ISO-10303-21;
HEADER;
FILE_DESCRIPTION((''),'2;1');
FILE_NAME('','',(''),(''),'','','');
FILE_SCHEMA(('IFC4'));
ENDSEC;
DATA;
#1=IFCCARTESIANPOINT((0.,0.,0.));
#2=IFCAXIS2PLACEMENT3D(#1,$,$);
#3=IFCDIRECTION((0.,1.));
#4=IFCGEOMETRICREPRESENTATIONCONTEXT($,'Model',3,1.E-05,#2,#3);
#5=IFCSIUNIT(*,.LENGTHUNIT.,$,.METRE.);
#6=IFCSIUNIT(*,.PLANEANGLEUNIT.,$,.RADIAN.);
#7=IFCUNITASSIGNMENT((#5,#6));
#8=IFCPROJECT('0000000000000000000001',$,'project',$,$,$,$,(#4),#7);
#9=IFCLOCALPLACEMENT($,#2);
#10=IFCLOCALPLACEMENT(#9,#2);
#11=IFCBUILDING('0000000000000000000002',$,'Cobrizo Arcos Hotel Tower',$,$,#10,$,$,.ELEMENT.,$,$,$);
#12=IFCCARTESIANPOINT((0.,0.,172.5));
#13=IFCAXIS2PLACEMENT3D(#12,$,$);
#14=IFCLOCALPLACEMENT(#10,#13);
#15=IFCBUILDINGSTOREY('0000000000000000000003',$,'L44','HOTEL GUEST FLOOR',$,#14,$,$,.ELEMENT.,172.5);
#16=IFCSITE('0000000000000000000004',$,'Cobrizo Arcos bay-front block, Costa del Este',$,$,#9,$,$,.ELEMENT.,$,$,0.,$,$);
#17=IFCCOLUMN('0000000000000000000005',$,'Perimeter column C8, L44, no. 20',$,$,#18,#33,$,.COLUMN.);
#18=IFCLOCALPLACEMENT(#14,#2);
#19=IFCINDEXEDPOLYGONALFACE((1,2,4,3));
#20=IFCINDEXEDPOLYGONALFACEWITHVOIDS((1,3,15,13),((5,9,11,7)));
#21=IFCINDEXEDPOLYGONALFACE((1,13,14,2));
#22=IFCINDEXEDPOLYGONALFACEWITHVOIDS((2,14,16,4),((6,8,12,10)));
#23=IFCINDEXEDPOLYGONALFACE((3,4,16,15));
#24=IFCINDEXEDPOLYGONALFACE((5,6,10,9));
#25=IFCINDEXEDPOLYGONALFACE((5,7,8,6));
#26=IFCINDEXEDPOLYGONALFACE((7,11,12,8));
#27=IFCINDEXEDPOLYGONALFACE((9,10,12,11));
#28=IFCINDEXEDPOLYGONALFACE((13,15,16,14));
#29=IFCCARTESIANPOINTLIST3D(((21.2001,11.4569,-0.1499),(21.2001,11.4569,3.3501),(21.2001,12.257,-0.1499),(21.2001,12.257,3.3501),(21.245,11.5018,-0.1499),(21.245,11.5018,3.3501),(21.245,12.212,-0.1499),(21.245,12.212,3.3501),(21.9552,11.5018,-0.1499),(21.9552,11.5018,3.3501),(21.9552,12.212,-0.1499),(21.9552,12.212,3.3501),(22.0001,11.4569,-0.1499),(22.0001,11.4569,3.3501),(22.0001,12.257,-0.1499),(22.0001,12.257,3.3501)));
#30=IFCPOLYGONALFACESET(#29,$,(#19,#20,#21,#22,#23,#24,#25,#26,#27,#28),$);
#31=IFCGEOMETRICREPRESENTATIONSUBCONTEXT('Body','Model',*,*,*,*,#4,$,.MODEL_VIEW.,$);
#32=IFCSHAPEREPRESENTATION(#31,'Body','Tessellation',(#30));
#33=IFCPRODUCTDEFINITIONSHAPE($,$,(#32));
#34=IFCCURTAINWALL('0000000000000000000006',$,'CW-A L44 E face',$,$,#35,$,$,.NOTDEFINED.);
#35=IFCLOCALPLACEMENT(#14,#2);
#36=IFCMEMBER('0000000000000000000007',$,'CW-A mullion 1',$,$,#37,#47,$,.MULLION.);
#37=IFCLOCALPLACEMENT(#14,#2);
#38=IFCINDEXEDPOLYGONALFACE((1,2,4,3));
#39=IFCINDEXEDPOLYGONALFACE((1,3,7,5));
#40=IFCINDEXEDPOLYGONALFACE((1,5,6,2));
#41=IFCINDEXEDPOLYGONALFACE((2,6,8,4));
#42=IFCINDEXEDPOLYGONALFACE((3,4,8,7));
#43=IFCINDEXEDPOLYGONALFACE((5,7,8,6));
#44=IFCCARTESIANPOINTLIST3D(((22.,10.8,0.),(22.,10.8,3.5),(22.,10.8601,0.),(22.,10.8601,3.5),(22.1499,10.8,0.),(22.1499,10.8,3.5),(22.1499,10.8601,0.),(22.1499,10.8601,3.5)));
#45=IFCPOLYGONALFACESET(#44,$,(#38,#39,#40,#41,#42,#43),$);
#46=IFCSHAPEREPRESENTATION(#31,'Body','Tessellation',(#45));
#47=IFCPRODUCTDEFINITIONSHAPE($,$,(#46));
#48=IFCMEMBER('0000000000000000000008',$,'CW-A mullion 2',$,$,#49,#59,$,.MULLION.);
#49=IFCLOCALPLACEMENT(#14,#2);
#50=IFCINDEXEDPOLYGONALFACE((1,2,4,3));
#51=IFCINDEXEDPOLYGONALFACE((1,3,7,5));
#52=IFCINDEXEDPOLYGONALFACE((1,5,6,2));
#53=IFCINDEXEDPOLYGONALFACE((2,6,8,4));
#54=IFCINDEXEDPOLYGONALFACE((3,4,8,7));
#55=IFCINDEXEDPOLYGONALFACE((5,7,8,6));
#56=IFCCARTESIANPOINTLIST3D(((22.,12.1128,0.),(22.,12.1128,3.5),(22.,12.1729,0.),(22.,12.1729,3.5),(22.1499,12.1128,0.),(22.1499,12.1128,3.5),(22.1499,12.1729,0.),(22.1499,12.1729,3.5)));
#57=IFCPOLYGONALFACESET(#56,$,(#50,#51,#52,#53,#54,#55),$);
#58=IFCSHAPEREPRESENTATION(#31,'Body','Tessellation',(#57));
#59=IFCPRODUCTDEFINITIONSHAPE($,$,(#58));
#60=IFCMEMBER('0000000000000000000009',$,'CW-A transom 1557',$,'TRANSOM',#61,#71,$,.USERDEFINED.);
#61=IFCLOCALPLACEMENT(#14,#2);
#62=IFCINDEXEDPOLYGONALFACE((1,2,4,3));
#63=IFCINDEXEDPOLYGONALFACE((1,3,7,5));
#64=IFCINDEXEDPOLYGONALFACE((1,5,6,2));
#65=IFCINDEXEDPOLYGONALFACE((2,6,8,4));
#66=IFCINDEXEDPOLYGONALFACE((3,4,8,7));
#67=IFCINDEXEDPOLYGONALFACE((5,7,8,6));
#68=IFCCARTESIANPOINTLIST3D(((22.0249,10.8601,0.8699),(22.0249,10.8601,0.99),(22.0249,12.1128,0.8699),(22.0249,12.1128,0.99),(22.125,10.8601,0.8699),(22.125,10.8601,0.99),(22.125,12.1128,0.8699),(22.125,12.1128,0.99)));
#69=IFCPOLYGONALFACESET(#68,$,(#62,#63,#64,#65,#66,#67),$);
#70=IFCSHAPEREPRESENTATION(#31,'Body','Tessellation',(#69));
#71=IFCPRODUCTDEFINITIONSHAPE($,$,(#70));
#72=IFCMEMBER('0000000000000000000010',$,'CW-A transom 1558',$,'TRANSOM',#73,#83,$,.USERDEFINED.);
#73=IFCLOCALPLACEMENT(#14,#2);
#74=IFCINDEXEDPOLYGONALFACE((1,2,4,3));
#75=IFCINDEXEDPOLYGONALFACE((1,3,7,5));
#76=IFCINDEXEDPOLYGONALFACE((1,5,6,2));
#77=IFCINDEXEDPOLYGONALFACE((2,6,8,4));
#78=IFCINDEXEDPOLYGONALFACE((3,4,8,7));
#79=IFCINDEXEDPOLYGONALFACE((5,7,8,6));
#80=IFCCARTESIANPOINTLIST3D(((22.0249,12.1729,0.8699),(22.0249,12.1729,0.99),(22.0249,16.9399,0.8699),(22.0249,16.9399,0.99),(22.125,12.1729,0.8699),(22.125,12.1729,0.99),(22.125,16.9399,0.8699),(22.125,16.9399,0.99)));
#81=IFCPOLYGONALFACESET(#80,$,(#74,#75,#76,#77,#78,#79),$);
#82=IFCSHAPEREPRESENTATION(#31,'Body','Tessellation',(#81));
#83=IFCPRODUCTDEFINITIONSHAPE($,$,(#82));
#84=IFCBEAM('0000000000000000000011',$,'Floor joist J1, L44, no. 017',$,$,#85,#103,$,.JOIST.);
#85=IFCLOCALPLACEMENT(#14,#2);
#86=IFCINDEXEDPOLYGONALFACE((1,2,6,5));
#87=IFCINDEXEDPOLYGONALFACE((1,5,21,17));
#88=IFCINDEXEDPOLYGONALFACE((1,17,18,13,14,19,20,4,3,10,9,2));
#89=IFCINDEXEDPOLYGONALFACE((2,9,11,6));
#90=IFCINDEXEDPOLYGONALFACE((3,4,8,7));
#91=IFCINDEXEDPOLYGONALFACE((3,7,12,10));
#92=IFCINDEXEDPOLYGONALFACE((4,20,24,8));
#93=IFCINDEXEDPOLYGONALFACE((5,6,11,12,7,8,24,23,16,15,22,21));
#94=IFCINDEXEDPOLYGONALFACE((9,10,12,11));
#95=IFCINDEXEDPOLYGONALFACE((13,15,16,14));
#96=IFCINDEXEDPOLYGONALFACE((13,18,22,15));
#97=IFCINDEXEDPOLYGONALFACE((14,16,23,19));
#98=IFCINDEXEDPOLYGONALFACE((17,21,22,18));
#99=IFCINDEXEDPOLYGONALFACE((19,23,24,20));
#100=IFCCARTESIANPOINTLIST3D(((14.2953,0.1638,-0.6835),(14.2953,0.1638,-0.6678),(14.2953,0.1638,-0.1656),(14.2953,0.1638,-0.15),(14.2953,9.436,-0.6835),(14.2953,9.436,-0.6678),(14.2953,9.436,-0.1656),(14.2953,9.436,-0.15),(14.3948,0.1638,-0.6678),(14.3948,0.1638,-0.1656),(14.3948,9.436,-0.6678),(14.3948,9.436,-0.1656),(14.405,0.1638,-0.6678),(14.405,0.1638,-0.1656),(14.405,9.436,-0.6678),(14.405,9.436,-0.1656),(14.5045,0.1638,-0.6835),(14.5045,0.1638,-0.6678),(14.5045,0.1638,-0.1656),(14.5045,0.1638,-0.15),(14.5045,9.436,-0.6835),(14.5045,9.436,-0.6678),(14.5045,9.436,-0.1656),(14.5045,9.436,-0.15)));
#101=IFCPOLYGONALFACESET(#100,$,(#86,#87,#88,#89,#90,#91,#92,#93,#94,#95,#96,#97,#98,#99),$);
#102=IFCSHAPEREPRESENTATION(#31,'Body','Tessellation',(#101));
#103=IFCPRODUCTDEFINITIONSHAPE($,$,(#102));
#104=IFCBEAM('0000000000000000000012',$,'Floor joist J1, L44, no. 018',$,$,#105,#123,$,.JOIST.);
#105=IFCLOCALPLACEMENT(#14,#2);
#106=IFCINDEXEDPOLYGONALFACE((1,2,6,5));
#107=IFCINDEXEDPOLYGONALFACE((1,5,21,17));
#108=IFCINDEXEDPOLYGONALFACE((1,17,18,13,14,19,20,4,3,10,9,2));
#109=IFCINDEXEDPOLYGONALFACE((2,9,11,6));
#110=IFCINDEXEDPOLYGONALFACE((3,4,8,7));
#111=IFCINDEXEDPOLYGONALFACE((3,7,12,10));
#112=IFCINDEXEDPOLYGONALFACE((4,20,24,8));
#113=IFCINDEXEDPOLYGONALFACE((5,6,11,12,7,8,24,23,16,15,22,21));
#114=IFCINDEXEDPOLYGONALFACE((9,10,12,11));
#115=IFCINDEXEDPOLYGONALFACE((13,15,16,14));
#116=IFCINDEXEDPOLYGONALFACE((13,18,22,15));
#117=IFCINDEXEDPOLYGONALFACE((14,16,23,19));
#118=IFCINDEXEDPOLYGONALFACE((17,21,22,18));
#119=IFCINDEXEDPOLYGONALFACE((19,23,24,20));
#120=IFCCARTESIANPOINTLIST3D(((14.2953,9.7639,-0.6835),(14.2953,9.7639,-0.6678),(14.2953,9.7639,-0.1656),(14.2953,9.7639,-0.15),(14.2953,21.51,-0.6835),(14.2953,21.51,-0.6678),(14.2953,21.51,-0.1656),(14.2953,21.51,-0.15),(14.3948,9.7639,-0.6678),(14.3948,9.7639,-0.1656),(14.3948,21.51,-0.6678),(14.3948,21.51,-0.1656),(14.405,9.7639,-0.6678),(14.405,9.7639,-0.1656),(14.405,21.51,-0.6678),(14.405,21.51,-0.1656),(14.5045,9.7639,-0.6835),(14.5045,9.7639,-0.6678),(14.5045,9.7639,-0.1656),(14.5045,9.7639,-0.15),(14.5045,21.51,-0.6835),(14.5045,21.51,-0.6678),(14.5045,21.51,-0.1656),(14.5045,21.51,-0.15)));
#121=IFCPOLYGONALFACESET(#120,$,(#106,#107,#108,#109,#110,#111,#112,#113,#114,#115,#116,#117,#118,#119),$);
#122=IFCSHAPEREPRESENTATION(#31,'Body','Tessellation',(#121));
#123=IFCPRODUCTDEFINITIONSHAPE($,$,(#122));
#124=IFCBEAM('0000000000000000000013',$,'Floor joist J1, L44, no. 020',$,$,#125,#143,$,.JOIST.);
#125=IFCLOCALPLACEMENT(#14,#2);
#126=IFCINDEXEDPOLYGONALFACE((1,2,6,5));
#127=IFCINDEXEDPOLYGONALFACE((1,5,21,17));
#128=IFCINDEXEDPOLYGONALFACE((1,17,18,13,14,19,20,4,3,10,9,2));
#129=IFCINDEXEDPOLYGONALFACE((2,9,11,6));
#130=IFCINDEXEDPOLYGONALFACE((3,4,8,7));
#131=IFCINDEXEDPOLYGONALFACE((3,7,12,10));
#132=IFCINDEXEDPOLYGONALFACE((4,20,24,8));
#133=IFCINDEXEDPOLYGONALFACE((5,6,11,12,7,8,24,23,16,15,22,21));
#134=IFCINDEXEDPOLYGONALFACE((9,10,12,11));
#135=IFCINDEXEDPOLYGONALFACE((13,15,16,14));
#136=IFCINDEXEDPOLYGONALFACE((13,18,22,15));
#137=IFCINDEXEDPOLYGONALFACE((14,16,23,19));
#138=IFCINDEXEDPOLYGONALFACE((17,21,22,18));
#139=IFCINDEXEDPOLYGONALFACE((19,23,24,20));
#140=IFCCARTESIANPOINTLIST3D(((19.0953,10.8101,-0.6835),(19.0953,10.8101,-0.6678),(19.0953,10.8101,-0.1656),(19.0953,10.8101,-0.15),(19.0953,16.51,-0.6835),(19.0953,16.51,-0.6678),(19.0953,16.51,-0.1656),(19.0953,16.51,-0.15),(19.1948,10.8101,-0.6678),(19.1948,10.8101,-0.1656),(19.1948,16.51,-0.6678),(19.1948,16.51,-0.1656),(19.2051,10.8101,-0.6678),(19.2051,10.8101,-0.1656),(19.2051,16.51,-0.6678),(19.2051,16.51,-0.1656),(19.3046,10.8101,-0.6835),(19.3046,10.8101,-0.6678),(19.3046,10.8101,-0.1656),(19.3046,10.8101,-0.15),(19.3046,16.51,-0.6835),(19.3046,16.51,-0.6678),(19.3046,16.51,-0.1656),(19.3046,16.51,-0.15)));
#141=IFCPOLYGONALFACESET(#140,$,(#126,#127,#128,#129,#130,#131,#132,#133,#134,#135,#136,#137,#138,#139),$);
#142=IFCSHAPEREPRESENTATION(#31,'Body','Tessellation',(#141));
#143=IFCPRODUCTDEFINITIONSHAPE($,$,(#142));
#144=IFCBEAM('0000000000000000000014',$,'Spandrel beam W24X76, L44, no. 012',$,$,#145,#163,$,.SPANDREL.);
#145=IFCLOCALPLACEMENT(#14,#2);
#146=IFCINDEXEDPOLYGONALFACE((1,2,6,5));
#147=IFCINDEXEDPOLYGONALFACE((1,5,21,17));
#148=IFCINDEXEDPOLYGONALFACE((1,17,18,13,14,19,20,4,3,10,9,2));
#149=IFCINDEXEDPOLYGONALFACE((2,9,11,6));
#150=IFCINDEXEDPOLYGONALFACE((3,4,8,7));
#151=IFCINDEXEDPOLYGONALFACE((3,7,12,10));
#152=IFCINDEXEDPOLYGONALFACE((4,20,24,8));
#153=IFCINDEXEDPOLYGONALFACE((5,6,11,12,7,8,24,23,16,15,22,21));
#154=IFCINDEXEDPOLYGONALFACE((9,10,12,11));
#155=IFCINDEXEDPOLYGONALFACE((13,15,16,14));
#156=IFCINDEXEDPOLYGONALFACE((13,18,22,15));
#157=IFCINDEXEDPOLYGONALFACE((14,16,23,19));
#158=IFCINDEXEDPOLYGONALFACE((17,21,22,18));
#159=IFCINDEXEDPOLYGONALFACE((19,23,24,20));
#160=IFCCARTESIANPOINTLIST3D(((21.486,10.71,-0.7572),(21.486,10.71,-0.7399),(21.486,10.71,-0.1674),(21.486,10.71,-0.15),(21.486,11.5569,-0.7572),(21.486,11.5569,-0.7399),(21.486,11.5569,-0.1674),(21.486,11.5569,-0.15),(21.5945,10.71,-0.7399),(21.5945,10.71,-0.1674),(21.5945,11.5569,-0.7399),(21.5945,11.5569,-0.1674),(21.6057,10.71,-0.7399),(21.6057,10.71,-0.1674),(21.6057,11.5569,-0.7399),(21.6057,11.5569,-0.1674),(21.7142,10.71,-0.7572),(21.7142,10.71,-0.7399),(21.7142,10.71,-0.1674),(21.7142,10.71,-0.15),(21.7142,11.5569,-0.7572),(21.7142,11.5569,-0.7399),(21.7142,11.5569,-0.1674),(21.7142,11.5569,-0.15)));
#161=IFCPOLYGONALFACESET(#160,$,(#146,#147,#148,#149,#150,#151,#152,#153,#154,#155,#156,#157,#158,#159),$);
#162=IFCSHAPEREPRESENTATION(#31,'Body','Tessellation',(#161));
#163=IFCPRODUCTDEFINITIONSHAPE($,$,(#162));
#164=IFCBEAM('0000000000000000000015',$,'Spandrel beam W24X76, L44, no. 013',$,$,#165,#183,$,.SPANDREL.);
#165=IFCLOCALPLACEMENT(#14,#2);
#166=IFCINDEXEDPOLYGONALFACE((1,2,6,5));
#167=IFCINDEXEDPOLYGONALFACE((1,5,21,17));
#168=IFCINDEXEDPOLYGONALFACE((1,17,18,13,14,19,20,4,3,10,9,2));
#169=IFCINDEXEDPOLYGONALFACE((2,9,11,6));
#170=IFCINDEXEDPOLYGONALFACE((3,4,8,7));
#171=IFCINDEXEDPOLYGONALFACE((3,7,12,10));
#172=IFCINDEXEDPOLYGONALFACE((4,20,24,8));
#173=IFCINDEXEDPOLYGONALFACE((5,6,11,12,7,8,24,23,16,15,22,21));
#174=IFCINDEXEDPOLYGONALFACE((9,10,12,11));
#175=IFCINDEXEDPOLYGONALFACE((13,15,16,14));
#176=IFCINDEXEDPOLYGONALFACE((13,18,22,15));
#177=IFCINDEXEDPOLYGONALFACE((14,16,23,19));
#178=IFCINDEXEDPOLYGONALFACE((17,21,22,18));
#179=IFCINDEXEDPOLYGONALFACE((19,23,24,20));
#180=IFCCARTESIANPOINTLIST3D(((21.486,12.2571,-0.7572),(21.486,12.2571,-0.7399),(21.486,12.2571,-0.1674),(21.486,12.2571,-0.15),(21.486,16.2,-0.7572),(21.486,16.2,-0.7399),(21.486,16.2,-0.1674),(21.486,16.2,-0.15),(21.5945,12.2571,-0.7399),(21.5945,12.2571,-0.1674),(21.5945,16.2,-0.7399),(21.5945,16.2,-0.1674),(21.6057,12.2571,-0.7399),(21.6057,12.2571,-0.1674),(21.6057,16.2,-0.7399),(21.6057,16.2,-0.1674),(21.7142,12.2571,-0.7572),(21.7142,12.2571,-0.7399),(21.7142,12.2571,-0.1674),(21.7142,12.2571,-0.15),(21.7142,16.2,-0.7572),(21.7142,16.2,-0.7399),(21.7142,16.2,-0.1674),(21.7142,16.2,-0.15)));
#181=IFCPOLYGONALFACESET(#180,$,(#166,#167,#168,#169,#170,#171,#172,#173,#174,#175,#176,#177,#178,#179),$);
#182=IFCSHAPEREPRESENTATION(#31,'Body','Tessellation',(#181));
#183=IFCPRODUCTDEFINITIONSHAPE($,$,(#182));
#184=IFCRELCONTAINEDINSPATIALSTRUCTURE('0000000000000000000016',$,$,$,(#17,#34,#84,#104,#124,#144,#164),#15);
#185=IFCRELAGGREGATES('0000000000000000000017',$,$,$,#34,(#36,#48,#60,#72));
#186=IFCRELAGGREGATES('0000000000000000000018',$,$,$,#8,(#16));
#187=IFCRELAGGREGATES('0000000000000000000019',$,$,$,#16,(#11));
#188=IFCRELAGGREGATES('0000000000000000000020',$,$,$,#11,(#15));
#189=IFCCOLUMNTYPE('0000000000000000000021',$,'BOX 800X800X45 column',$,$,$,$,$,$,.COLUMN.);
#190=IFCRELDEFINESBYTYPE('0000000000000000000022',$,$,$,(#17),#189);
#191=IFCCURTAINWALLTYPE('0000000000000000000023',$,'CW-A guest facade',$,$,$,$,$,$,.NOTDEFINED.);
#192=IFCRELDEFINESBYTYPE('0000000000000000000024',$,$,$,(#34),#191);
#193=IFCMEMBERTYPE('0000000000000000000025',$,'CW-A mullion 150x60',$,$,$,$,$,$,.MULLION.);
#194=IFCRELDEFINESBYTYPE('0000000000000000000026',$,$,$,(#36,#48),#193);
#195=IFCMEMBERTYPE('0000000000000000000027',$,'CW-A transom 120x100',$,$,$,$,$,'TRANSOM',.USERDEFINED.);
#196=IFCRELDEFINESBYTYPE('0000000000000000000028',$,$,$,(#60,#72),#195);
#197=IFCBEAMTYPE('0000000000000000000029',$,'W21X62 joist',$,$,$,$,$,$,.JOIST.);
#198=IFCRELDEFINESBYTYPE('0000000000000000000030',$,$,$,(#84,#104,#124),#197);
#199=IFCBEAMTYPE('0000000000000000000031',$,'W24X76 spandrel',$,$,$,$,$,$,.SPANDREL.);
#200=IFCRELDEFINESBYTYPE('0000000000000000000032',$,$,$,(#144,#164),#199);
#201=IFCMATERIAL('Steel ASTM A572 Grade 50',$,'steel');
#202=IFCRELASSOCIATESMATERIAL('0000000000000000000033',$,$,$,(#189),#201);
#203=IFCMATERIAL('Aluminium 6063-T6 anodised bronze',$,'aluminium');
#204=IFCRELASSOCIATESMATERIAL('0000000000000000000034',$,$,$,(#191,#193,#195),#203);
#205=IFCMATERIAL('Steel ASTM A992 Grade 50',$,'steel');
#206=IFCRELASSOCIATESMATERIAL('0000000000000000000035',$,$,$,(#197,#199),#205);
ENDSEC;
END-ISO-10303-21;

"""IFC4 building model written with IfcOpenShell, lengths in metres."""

from ifc_helpers import new_model, si_unit, direction, frame, origin, origin_2d, place, context, subcontext, project, spatial, rectangle, hollow_rectangle, i_section, extrude, material, material_profile, profile_set, type_object, element, aggregate, save


model = new_model("IFC4")

# Units and contexts
model_context = context("Model", 3, precision=1e-05, world=origin(), true_north=direction((0.0, 1.0)))
body_context = subcontext(model_context, "Body", "Model", "MODEL_VIEW")
ifc_project = project(units=[si_unit("LENGTHUNIT", "METRE"), si_unit("PLANEANGLEUNIT", "RADIAN")], contexts=[model_context])

# Site, building, storey
site_placement = place(None, origin())
site = spatial("IfcSite", under=ifc_project, at=site_placement, Name="Cobrizo Arcos bay-front block, Costa del Este", CompositionType="ELEMENT", RefElevation=0.0)
building_placement = place(site_placement, origin())
building = spatial("IfcBuilding", under=site, at=building_placement, Name="Cobrizo Arcos Hotel Tower", CompositionType="ELEMENT")
storey_placement = place(building_placement, frame((0.0, 0.0, 172.5)))
storey = spatial("IfcBuildingStorey", under=building, at=storey_placement, Name="L44", Description="HOTEL GUEST FLOOR", CompositionType="ELEMENT", Elevation=172.5)

# Column
ifc_material_1 = material(Name="Steel ASTM A572 Grade 50", Category="steel")
ifc_material_profile_1 = material_profile(ifc_material_1, hollow_rectangle(XDim=0.8, YDim=0.8, WallThickness=0.0449, at=origin_2d()), Name="BOX 800X800X45")
ifc_profile_set_1 = profile_set([ifc_material_profile_1], Name="Steel ASTM A572 Grade 50")
column_type = type_object("IfcColumnType", Name="BOX 800X800X45 column", PredefinedType="COLUMN", material=ifc_profile_set_1)
column_placement = place(storey_placement, frame((21.6001, 11.8569, -0.1499), z_axis=(0.0, 0.0, 1.0), x_axis=(1.0, 0.0, 0.0)))
element("IfcColumn", 1, at=column_placement, inside=storey, type_object=column_type, Name="Perimeter column C8, L44, no. 20", PredefinedType="COLUMN", context=body_context, shape_type="SweptSolid", body=[
    extrude(hollow_rectangle(XDim=0.8, YDim=0.8, WallThickness=0.0449, at=origin_2d()), origin(), (0.0, 0.0, 1.0), 3.5),
])

# Curtain wall, members
ifc_material_2 = material(Name="Aluminium 6063-T6 anodised bronze", Category="aluminium")
curtain_wall_type = type_object("IfcCurtainWallType", Name="CW-A guest facade", PredefinedType="NOTDEFINED", material=ifc_material_2)
curtain_wall_placement = place(storey_placement, origin())
curtain_wall = element("IfcCurtainWall", 2, at=curtain_wall_placement, inside=storey, type_object=curtain_wall_type, Name="CW-A L44 E face", PredefinedType="NOTDEFINED")
ifc_material_profile_2 = material_profile(ifc_material_2, rectangle(XDim=0.1499, YDim=0.0601, at=origin_2d()), Name="CW-A mullion 150x60")
ifc_profile_set_2 = profile_set([ifc_material_profile_2], Name="Aluminium 6063-T6 anodised bronze")
member_type_1 = type_object("IfcMemberType", Name="CW-A mullion 150x60", PredefinedType="MULLION", material=ifc_profile_set_2)
member_1_placement = place(storey_placement, frame((22.075, 10.8301, 0.0), z_axis=(0.0, 0.0, 1.0), x_axis=(1.0, 0.0, 0.0)))
member_1 = element("IfcMember", 3, at=member_1_placement, type_object=member_type_1, Name="CW-A mullion 1", PredefinedType="MULLION", context=body_context, shape_type="SweptSolid", body=[
    extrude(rectangle(XDim=0.1499, YDim=0.0601, at=origin_2d()), origin(), (0.0, 0.0, 1.0), 3.5),
])
member_2_placement = place(storey_placement, frame((22.075, 12.1428, 0.0), z_axis=(0.0, 0.0, 1.0), x_axis=(1.0, 0.0, 0.0)))
member_2 = element("IfcMember", 4, at=member_2_placement, type_object=member_type_1, Name="CW-A mullion 2", PredefinedType="MULLION", context=body_context, shape_type="SweptSolid", body=[
    extrude(rectangle(XDim=0.1499, YDim=0.0601, at=origin_2d()), origin(), (0.0, 0.0, 1.0), 3.5),
])
ifc_material_profile_3 = material_profile(ifc_material_2, rectangle(XDim=0.1001, YDim=0.1201, at=origin_2d()), Name="CW-A transom 120x100")
ifc_profile_set_3 = profile_set([ifc_material_profile_3], Name="Aluminium 6063-T6 anodised bronze")
member_type_2 = type_object("IfcMemberType", Name="CW-A transom 120x100", ElementType="TRANSOM", PredefinedType="USERDEFINED", material=ifc_profile_set_3)
member_3_placement = place(storey_placement, frame((22.075, 10.8601, 0.9299), z_axis=(0.0, 1.0, 0.0), x_axis=(-1.0, 0.0, 0.0)))
member_3 = element("IfcMember", 5, at=member_3_placement, type_object=member_type_2, Name="CW-A transom 1557", ObjectType="TRANSOM", PredefinedType="USERDEFINED", context=body_context, shape_type="SweptSolid", body=[
    extrude(rectangle(XDim=0.1001, YDim=0.1201, at=origin_2d()), origin(), (0.0, 0.0, 1.0), 1.2527),
])
member_4_placement = place(storey_placement, frame((22.075, 12.1729, 0.9299), z_axis=(0.0, 1.0, 0.0), x_axis=(-1.0, 0.0, 0.0)))
member_4 = element("IfcMember", 6, at=member_4_placement, type_object=member_type_2, Name="CW-A transom 1558", ObjectType="TRANSOM", PredefinedType="USERDEFINED", context=body_context, shape_type="SweptSolid", body=[
    extrude(rectangle(XDim=0.1001, YDim=0.1201, at=origin_2d()), origin(), (0.0, 0.0, 1.0), 4.7671),
])

# Beams
ifc_material_3 = material(Name="Steel ASTM A992 Grade 50", Category="steel")
ifc_material_profile_4 = material_profile(ifc_material_3, i_section(OverallWidth=0.2092, OverallDepth=0.5334, WebThickness=0.0103, FlangeThickness=0.0156, at=origin_2d()), Name="W21X62")
ifc_profile_set_4 = profile_set([ifc_material_profile_4], Name="Steel ASTM A992 Grade 50")
beam_type_1 = type_object("IfcBeamType", Name="W21X62 joist", PredefinedType="JOIST", material=ifc_profile_set_4)
beam_1_placement = place(storey_placement, frame((14.3999, 0.1638, -0.4167), z_axis=(0.0, 1.0, 0.0), x_axis=(-1.0, 0.0, 0.0)))
element("IfcBeam", 7, at=beam_1_placement, inside=storey, type_object=beam_type_1, Name="Floor joist J1, L44, no. 017", PredefinedType="JOIST", context=body_context, shape_type="SweptSolid", body=[
    extrude(i_section(OverallWidth=0.2092, OverallDepth=0.5334, WebThickness=0.0103, FlangeThickness=0.0156, at=origin_2d()), origin(), (0.0, 0.0, 1.0), 9.2722),
])
beam_2_placement = place(storey_placement, frame((14.3999, 9.7639, -0.4167), z_axis=(0.0, 1.0, 0.0), x_axis=(-1.0, 0.0, 0.0)))
element("IfcBeam", 8, at=beam_2_placement, inside=storey, type_object=beam_type_1, Name="Floor joist J1, L44, no. 018", PredefinedType="JOIST", context=body_context, shape_type="SweptSolid", body=[
    extrude(i_section(OverallWidth=0.2092, OverallDepth=0.5334, WebThickness=0.0103, FlangeThickness=0.0156, at=origin_2d()), origin(), (0.0, 0.0, 1.0), 11.7461),
])
beam_3_placement = place(storey_placement, frame((19.2, 10.8101, -0.4167), z_axis=(0.0, 1.0, 0.0), x_axis=(-1.0, 0.0, 0.0)))
element("IfcBeam", 9, at=beam_3_placement, inside=storey, type_object=beam_type_1, Name="Floor joist J1, L44, no. 020", PredefinedType="JOIST", context=body_context, shape_type="SweptSolid", body=[
    extrude(i_section(OverallWidth=0.2092, OverallDepth=0.5334, WebThickness=0.0103, FlangeThickness=0.0156, at=origin_2d()), origin(), (0.0, 0.0, 1.0), 5.7),
])
ifc_material_profile_5 = material_profile(ifc_material_3, i_section(OverallWidth=0.2283, OverallDepth=0.6072, WebThickness=0.0112, FlangeThickness=0.0173, at=origin_2d()), Name="W24X76")
ifc_profile_set_5 = profile_set([ifc_material_profile_5], Name="Steel ASTM A992 Grade 50")
beam_type_2 = type_object("IfcBeamType", Name="W24X76 spandrel", PredefinedType="SPANDREL", material=ifc_profile_set_5)
beam_4_placement = place(storey_placement, frame((21.6001, 10.71, -0.4536), z_axis=(0.0, 1.0, 0.0), x_axis=(-1.0, 0.0, 0.0)))
element("IfcBeam", 10, at=beam_4_placement, inside=storey, type_object=beam_type_2, Name="Spandrel beam W24X76, L44, no. 012", PredefinedType="SPANDREL", context=body_context, shape_type="SweptSolid", body=[
    extrude(i_section(OverallWidth=0.2283, OverallDepth=0.6072, WebThickness=0.0112, FlangeThickness=0.0173, at=origin_2d()), origin(), (0.0, 0.0, 1.0), 0.8469),
])
beam_5_placement = place(storey_placement, frame((21.6001, 12.2571, -0.4536), z_axis=(0.0, 1.0, 0.0), x_axis=(-1.0, 0.0, 0.0)))
element("IfcBeam", 11, at=beam_5_placement, inside=storey, type_object=beam_type_2, Name="Spandrel beam W24X76, L44, no. 013", PredefinedType="SPANDREL", context=body_context, shape_type="SweptSolid", body=[
    extrude(i_section(OverallWidth=0.2283, OverallDepth=0.6072, WebThickness=0.0112, FlangeThickness=0.0173, at=origin_2d()), origin(), (0.0, 0.0, 1.0), 3.9429),
])

aggregate(curtain_wall, [member_1, member_2, member_3, member_4])

save(model, "model.ifc")
